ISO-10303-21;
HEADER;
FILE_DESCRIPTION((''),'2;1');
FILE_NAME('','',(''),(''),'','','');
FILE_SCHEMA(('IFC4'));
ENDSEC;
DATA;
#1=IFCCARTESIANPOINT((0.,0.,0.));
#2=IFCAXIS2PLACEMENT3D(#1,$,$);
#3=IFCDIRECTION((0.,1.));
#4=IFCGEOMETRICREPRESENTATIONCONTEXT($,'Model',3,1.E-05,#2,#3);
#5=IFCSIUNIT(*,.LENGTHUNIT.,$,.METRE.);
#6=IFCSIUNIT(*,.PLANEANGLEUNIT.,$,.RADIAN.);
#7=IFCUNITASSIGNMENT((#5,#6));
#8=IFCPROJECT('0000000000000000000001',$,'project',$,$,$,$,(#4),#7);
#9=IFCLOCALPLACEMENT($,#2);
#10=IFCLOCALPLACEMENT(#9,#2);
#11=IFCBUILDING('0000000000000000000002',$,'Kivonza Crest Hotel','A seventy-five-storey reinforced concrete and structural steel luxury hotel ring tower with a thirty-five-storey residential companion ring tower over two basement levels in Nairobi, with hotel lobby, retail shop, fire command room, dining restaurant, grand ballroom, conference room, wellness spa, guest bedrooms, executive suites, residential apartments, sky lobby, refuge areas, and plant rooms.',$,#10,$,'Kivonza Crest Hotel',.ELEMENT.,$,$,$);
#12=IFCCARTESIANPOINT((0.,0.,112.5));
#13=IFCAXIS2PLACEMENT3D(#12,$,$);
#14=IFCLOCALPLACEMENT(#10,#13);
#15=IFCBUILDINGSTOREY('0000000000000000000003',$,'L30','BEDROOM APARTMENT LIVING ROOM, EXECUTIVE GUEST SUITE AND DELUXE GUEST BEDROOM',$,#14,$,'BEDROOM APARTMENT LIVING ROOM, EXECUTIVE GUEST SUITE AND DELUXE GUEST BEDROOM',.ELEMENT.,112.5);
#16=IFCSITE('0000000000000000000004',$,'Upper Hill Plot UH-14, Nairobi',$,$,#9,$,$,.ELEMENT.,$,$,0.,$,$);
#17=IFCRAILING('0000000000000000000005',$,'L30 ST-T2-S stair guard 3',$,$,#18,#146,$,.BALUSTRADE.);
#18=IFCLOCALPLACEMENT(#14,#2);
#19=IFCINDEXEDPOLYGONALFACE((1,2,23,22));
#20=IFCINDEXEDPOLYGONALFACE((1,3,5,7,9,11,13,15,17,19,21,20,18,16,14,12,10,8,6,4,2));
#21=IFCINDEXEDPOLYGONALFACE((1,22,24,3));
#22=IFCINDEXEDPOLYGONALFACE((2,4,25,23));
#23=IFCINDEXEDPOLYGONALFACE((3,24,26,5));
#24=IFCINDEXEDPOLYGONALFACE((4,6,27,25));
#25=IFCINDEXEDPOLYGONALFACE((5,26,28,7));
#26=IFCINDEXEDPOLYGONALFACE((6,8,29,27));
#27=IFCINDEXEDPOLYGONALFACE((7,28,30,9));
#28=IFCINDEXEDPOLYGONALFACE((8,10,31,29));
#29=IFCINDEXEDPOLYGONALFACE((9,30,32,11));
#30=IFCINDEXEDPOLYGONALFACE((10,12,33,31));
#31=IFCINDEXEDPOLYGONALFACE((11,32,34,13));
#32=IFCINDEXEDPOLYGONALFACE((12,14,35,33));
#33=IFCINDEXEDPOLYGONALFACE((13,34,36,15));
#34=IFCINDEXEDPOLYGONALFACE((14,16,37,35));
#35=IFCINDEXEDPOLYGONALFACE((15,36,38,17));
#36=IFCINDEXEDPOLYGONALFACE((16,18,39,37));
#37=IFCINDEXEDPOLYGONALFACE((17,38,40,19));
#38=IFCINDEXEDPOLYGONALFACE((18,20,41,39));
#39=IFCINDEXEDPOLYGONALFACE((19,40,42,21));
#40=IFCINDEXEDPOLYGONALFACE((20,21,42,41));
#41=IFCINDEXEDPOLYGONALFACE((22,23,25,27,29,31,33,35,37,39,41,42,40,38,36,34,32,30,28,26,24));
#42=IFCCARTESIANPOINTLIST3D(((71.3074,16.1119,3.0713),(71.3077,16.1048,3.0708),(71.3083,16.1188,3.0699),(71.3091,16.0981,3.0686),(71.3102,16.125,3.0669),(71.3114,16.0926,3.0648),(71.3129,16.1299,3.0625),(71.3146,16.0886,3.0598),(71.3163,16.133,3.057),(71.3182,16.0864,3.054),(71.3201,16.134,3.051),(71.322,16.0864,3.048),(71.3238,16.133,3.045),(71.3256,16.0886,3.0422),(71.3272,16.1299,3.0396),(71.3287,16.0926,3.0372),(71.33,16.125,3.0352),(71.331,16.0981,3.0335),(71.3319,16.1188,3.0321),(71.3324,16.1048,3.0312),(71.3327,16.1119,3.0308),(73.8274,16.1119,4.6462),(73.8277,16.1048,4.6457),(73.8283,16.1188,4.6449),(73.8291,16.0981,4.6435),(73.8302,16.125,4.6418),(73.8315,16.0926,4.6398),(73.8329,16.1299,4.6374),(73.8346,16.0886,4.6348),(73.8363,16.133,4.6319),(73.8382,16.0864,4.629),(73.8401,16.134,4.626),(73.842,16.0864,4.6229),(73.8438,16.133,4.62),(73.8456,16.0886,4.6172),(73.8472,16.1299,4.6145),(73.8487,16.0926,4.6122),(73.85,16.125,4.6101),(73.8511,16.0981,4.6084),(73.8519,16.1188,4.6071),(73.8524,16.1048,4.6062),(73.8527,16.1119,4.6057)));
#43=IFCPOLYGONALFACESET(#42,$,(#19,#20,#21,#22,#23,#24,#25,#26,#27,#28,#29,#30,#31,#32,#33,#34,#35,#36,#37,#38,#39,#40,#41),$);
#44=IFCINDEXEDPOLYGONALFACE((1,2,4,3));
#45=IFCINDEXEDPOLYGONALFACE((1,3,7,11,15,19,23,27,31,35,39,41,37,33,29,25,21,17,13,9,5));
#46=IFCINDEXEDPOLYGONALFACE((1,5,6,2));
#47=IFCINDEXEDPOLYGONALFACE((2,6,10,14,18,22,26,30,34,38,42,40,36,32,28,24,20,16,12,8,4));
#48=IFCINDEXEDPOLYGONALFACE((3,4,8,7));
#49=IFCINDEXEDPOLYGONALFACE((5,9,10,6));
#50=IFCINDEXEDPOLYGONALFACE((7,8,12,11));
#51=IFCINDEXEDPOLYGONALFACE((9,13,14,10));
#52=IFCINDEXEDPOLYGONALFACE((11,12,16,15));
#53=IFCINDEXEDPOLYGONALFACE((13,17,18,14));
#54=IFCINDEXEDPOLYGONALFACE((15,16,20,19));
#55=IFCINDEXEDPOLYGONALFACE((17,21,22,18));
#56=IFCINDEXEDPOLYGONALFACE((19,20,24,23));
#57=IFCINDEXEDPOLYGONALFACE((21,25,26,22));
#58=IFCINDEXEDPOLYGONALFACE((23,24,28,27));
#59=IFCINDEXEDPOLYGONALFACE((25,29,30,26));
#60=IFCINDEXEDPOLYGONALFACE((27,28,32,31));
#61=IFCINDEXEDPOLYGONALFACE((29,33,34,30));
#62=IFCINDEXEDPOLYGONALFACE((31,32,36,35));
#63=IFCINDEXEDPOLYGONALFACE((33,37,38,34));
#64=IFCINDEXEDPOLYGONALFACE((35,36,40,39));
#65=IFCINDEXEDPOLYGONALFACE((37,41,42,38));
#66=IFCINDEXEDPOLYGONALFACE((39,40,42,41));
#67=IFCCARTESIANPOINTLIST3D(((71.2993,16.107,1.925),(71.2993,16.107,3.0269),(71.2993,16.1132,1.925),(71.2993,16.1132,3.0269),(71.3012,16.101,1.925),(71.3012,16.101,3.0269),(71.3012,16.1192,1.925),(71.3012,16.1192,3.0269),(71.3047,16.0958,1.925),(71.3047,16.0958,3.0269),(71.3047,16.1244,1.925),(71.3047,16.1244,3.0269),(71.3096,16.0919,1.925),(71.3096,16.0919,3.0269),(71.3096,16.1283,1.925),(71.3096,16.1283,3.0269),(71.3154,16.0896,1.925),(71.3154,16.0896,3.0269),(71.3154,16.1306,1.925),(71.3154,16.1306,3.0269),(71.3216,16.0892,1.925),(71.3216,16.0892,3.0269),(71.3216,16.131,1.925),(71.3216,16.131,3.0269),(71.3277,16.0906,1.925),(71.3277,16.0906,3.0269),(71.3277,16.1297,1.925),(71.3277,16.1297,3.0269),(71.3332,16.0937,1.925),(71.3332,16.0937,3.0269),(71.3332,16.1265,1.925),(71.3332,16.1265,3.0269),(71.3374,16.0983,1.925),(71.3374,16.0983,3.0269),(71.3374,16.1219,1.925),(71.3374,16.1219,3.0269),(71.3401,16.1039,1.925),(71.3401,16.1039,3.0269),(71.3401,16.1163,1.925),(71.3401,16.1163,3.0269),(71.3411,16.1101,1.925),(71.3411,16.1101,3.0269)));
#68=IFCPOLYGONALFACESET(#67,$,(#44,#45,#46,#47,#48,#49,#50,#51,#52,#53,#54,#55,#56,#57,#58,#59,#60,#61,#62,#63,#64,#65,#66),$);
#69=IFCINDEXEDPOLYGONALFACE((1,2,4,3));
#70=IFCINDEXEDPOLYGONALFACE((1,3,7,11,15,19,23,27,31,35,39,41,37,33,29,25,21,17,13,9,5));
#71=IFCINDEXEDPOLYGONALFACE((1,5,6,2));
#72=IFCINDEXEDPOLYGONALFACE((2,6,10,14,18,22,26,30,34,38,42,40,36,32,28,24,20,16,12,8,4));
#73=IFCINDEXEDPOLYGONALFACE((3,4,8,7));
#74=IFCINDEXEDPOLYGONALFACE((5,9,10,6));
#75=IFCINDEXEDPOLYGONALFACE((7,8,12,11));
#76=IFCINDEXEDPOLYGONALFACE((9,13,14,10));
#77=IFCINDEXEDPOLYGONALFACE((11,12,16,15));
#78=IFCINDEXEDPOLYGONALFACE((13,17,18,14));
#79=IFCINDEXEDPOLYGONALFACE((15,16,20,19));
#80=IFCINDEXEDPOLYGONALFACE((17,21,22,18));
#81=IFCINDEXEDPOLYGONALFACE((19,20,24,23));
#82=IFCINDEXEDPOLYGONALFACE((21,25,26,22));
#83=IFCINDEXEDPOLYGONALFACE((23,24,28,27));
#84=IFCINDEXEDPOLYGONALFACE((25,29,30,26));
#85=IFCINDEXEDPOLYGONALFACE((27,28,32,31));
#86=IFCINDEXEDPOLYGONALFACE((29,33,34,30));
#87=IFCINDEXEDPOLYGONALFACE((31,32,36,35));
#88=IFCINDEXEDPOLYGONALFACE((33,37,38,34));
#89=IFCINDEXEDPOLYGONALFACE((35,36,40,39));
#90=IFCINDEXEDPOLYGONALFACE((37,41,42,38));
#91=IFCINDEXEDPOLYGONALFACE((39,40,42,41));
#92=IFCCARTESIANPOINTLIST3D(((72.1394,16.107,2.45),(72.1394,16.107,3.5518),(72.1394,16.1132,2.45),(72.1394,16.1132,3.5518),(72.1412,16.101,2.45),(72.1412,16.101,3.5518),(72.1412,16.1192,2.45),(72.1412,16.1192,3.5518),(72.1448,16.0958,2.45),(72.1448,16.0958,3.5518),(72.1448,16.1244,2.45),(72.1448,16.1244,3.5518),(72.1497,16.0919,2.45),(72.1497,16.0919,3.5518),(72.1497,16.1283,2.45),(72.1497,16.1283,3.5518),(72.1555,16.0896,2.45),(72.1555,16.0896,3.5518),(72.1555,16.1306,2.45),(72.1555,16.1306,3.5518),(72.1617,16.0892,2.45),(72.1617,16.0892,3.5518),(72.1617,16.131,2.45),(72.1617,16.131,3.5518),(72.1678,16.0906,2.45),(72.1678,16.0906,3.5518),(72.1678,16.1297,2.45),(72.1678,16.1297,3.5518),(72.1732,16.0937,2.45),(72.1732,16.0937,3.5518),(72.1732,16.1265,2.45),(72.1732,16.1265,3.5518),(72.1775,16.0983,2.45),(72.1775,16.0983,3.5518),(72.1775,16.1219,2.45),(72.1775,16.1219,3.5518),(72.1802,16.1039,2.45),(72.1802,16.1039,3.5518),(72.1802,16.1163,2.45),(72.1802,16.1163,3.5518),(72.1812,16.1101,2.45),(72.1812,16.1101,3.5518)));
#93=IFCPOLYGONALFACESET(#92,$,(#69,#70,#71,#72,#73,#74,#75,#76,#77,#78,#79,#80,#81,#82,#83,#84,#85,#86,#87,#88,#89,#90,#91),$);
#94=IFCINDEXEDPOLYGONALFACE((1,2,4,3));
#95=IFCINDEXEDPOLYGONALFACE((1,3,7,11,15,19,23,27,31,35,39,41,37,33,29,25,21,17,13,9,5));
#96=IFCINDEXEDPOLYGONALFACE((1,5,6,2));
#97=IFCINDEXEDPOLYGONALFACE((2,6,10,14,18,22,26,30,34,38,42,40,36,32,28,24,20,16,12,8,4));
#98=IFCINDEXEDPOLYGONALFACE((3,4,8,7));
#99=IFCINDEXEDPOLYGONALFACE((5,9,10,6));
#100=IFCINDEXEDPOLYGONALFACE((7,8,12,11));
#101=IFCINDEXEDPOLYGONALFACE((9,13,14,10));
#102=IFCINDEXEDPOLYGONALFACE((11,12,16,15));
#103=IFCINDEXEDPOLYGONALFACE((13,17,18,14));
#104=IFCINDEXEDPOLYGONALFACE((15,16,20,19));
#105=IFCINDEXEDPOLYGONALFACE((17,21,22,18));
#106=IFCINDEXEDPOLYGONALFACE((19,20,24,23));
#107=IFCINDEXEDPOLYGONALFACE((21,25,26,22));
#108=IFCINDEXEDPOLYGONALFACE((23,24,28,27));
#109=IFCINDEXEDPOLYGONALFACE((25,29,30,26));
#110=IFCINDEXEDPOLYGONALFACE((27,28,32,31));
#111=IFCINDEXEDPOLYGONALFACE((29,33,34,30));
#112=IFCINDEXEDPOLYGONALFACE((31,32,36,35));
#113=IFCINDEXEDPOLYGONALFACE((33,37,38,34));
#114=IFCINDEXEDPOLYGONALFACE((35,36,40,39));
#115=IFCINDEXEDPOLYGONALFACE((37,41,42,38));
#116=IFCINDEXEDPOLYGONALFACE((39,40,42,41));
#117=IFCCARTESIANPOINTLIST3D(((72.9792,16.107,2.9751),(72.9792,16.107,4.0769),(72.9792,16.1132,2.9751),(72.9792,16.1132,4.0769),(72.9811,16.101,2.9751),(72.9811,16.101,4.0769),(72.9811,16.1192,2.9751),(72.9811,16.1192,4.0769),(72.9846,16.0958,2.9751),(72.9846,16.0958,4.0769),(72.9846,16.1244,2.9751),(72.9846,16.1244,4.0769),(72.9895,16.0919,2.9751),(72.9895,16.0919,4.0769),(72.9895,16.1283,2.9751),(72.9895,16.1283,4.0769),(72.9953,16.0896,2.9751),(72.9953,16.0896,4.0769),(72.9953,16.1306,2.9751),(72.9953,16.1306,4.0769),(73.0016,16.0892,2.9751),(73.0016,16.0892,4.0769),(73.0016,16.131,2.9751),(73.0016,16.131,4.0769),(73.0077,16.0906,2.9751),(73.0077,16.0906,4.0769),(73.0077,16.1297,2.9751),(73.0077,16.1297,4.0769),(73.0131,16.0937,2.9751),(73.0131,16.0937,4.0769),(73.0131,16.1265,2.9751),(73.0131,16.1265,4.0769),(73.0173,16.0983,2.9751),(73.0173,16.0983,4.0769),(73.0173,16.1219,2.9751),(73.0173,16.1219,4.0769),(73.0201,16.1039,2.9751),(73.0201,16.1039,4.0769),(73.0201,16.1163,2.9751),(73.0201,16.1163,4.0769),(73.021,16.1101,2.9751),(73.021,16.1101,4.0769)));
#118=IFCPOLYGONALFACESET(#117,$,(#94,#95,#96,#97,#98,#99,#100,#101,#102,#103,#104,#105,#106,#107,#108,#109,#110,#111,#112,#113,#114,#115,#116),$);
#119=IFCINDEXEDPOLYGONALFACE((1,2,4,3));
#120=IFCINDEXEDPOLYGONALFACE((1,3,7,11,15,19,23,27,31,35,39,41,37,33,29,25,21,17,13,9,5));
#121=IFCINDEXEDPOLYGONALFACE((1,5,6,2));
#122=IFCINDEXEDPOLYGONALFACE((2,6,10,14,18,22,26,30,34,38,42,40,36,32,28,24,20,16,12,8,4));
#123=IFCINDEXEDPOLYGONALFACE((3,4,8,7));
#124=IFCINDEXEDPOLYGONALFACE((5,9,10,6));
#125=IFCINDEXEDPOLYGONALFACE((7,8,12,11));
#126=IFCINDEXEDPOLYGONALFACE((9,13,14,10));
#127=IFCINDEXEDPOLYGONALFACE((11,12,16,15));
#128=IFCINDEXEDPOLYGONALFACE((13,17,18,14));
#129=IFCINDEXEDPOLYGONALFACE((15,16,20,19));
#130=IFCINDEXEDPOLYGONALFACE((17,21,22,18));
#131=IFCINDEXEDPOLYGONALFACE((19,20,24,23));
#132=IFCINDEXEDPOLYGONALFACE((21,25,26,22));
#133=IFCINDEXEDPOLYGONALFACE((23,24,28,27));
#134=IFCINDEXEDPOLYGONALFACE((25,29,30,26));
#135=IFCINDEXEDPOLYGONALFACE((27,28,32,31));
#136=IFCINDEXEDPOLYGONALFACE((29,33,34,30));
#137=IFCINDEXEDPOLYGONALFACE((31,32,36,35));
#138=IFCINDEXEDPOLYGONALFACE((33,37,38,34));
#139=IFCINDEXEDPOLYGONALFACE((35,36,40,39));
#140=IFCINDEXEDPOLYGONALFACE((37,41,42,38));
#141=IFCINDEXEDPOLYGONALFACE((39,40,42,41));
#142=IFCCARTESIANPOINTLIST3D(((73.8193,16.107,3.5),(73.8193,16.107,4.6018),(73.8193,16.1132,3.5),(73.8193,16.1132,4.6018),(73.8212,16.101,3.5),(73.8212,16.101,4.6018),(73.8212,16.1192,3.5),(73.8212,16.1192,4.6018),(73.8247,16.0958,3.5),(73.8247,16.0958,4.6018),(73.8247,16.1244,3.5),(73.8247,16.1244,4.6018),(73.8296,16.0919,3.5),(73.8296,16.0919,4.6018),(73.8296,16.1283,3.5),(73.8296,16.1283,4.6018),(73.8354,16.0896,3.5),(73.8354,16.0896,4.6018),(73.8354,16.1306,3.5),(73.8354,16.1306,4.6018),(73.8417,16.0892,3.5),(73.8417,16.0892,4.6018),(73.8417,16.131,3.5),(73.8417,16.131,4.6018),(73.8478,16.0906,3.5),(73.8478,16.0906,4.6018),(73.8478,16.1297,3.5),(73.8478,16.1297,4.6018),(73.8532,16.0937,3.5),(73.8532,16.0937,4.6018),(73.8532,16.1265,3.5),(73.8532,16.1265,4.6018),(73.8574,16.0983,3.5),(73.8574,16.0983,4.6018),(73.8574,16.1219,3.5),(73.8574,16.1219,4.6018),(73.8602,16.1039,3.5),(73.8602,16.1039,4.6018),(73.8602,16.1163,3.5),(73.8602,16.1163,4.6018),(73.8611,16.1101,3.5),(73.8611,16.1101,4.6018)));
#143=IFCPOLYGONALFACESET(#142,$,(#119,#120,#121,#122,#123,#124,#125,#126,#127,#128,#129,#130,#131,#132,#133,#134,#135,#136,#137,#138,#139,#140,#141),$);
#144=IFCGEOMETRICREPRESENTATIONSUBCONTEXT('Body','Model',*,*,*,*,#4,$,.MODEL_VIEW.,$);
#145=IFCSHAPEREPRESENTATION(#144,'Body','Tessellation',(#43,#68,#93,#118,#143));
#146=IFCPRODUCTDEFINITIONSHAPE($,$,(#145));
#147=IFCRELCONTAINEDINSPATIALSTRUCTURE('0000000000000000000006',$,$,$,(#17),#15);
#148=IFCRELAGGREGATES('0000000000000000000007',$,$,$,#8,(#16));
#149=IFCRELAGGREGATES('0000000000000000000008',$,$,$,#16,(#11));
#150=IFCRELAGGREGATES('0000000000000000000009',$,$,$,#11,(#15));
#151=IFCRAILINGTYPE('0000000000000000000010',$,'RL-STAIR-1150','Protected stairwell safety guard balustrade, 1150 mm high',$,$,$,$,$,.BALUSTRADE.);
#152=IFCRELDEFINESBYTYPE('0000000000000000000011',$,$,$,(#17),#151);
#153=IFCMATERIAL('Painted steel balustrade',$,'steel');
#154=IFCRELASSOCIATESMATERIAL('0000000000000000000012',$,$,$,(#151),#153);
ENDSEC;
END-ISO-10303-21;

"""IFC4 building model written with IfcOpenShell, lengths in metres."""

from ifc_helpers import new_model, si_unit, direction, frame, origin, origin_2d, place, context, subcontext, project, spatial, circle, extrude, material, type_object, element, save


model = new_model("IFC4")

# Units and contexts
model_context = context("Model", 3, precision=1e-05, world=origin(), true_north=direction((0.0, 1.0)))
body_context = subcontext(model_context, "Body", "Model", "MODEL_VIEW")
ifc_project = project(units=[si_unit("LENGTHUNIT", "METRE"), si_unit("PLANEANGLEUNIT", "RADIAN")], contexts=[model_context])

# Site, building, storey
site_placement = place(None, origin())
site = spatial("IfcSite", under=ifc_project, at=site_placement, Name="Upper Hill Plot UH-14, Nairobi", CompositionType="ELEMENT", RefElevation=0.0)
building_placement = place(site_placement, origin())
building = spatial("IfcBuilding", under=site, at=building_placement, Name="Kivonza Crest Hotel", Description="A seventy-five-storey reinforced concrete and structural steel luxury hotel ring tower with a thirty-five-storey residential companion ring tower over two basement levels in Nairobi, with hotel lobby, retail shop, fire command room, dining restaurant, grand ballroom, conference room, wellness spa, guest bedrooms, executive suites, residential apartments, sky lobby, refuge areas, and plant rooms.", LongName="Kivonza Crest Hotel", CompositionType="ELEMENT")
storey_placement = place(building_placement, frame((0.0, 0.0, 112.5)))
storey = spatial("IfcBuildingStorey", under=building, at=storey_placement, Name="L30", Description="BEDROOM APARTMENT LIVING ROOM, EXECUTIVE GUEST SUITE AND DELUXE GUEST BEDROOM", LongName="BEDROOM APARTMENT LIVING ROOM, EXECUTIVE GUEST SUITE AND DELUXE GUEST BEDROOM", CompositionType="ELEMENT", Elevation=112.5)

# Railing
ifc_material_1 = material(Name="Painted steel balustrade", Category="steel")
railing_type_1 = type_object("IfcRailingType", Name="RL-STAIR-1150", Description="Protected stairwell safety guard balustrade, 1150 mm high", PredefinedType="BALUSTRADE", material=ifc_material_1)
railing_1_placement = place(storey_placement, frame((71.3201, 16.1101, 1.925)))
element("IfcRailing", 1, at=railing_1_placement, inside=storey, type_object=railing_type_1, Name="L30 ST-T2-S stair guard 3", PredefinedType="BALUSTRADE", context=body_context, shape_type="SweptSolid", body=[
    extrude(circle(Radius=0.0239, at=origin_2d()), frame((0.0, 0.0, 1.126), z_axis=(0.848008, 0.0, 0.529984), x_axis=(0.0, 1.0, 0.0)), (0.0, 0.0, 1.0), 2.9717),
    extrude(circle(Radius=0.021, at=origin_2d()), origin(), (0.0, 0.0, 1.0), 1.1018),
    extrude(circle(Radius=0.021, at=origin_2d()), frame((0.8401, 0.0, 0.5249)), (0.0, 0.0, 1.0), 1.1018),
    extrude(circle(Radius=0.021, at=origin_2d()), frame((1.6799, 0.0, 1.05)), (0.0, 0.0, 1.0), 1.1018),
    extrude(circle(Radius=0.021, at=origin_2d()), frame((2.52, 0.0, 1.575)), (0.0, 0.0, 1.0), 1.1018),
])

save(model, "model.ifc")
